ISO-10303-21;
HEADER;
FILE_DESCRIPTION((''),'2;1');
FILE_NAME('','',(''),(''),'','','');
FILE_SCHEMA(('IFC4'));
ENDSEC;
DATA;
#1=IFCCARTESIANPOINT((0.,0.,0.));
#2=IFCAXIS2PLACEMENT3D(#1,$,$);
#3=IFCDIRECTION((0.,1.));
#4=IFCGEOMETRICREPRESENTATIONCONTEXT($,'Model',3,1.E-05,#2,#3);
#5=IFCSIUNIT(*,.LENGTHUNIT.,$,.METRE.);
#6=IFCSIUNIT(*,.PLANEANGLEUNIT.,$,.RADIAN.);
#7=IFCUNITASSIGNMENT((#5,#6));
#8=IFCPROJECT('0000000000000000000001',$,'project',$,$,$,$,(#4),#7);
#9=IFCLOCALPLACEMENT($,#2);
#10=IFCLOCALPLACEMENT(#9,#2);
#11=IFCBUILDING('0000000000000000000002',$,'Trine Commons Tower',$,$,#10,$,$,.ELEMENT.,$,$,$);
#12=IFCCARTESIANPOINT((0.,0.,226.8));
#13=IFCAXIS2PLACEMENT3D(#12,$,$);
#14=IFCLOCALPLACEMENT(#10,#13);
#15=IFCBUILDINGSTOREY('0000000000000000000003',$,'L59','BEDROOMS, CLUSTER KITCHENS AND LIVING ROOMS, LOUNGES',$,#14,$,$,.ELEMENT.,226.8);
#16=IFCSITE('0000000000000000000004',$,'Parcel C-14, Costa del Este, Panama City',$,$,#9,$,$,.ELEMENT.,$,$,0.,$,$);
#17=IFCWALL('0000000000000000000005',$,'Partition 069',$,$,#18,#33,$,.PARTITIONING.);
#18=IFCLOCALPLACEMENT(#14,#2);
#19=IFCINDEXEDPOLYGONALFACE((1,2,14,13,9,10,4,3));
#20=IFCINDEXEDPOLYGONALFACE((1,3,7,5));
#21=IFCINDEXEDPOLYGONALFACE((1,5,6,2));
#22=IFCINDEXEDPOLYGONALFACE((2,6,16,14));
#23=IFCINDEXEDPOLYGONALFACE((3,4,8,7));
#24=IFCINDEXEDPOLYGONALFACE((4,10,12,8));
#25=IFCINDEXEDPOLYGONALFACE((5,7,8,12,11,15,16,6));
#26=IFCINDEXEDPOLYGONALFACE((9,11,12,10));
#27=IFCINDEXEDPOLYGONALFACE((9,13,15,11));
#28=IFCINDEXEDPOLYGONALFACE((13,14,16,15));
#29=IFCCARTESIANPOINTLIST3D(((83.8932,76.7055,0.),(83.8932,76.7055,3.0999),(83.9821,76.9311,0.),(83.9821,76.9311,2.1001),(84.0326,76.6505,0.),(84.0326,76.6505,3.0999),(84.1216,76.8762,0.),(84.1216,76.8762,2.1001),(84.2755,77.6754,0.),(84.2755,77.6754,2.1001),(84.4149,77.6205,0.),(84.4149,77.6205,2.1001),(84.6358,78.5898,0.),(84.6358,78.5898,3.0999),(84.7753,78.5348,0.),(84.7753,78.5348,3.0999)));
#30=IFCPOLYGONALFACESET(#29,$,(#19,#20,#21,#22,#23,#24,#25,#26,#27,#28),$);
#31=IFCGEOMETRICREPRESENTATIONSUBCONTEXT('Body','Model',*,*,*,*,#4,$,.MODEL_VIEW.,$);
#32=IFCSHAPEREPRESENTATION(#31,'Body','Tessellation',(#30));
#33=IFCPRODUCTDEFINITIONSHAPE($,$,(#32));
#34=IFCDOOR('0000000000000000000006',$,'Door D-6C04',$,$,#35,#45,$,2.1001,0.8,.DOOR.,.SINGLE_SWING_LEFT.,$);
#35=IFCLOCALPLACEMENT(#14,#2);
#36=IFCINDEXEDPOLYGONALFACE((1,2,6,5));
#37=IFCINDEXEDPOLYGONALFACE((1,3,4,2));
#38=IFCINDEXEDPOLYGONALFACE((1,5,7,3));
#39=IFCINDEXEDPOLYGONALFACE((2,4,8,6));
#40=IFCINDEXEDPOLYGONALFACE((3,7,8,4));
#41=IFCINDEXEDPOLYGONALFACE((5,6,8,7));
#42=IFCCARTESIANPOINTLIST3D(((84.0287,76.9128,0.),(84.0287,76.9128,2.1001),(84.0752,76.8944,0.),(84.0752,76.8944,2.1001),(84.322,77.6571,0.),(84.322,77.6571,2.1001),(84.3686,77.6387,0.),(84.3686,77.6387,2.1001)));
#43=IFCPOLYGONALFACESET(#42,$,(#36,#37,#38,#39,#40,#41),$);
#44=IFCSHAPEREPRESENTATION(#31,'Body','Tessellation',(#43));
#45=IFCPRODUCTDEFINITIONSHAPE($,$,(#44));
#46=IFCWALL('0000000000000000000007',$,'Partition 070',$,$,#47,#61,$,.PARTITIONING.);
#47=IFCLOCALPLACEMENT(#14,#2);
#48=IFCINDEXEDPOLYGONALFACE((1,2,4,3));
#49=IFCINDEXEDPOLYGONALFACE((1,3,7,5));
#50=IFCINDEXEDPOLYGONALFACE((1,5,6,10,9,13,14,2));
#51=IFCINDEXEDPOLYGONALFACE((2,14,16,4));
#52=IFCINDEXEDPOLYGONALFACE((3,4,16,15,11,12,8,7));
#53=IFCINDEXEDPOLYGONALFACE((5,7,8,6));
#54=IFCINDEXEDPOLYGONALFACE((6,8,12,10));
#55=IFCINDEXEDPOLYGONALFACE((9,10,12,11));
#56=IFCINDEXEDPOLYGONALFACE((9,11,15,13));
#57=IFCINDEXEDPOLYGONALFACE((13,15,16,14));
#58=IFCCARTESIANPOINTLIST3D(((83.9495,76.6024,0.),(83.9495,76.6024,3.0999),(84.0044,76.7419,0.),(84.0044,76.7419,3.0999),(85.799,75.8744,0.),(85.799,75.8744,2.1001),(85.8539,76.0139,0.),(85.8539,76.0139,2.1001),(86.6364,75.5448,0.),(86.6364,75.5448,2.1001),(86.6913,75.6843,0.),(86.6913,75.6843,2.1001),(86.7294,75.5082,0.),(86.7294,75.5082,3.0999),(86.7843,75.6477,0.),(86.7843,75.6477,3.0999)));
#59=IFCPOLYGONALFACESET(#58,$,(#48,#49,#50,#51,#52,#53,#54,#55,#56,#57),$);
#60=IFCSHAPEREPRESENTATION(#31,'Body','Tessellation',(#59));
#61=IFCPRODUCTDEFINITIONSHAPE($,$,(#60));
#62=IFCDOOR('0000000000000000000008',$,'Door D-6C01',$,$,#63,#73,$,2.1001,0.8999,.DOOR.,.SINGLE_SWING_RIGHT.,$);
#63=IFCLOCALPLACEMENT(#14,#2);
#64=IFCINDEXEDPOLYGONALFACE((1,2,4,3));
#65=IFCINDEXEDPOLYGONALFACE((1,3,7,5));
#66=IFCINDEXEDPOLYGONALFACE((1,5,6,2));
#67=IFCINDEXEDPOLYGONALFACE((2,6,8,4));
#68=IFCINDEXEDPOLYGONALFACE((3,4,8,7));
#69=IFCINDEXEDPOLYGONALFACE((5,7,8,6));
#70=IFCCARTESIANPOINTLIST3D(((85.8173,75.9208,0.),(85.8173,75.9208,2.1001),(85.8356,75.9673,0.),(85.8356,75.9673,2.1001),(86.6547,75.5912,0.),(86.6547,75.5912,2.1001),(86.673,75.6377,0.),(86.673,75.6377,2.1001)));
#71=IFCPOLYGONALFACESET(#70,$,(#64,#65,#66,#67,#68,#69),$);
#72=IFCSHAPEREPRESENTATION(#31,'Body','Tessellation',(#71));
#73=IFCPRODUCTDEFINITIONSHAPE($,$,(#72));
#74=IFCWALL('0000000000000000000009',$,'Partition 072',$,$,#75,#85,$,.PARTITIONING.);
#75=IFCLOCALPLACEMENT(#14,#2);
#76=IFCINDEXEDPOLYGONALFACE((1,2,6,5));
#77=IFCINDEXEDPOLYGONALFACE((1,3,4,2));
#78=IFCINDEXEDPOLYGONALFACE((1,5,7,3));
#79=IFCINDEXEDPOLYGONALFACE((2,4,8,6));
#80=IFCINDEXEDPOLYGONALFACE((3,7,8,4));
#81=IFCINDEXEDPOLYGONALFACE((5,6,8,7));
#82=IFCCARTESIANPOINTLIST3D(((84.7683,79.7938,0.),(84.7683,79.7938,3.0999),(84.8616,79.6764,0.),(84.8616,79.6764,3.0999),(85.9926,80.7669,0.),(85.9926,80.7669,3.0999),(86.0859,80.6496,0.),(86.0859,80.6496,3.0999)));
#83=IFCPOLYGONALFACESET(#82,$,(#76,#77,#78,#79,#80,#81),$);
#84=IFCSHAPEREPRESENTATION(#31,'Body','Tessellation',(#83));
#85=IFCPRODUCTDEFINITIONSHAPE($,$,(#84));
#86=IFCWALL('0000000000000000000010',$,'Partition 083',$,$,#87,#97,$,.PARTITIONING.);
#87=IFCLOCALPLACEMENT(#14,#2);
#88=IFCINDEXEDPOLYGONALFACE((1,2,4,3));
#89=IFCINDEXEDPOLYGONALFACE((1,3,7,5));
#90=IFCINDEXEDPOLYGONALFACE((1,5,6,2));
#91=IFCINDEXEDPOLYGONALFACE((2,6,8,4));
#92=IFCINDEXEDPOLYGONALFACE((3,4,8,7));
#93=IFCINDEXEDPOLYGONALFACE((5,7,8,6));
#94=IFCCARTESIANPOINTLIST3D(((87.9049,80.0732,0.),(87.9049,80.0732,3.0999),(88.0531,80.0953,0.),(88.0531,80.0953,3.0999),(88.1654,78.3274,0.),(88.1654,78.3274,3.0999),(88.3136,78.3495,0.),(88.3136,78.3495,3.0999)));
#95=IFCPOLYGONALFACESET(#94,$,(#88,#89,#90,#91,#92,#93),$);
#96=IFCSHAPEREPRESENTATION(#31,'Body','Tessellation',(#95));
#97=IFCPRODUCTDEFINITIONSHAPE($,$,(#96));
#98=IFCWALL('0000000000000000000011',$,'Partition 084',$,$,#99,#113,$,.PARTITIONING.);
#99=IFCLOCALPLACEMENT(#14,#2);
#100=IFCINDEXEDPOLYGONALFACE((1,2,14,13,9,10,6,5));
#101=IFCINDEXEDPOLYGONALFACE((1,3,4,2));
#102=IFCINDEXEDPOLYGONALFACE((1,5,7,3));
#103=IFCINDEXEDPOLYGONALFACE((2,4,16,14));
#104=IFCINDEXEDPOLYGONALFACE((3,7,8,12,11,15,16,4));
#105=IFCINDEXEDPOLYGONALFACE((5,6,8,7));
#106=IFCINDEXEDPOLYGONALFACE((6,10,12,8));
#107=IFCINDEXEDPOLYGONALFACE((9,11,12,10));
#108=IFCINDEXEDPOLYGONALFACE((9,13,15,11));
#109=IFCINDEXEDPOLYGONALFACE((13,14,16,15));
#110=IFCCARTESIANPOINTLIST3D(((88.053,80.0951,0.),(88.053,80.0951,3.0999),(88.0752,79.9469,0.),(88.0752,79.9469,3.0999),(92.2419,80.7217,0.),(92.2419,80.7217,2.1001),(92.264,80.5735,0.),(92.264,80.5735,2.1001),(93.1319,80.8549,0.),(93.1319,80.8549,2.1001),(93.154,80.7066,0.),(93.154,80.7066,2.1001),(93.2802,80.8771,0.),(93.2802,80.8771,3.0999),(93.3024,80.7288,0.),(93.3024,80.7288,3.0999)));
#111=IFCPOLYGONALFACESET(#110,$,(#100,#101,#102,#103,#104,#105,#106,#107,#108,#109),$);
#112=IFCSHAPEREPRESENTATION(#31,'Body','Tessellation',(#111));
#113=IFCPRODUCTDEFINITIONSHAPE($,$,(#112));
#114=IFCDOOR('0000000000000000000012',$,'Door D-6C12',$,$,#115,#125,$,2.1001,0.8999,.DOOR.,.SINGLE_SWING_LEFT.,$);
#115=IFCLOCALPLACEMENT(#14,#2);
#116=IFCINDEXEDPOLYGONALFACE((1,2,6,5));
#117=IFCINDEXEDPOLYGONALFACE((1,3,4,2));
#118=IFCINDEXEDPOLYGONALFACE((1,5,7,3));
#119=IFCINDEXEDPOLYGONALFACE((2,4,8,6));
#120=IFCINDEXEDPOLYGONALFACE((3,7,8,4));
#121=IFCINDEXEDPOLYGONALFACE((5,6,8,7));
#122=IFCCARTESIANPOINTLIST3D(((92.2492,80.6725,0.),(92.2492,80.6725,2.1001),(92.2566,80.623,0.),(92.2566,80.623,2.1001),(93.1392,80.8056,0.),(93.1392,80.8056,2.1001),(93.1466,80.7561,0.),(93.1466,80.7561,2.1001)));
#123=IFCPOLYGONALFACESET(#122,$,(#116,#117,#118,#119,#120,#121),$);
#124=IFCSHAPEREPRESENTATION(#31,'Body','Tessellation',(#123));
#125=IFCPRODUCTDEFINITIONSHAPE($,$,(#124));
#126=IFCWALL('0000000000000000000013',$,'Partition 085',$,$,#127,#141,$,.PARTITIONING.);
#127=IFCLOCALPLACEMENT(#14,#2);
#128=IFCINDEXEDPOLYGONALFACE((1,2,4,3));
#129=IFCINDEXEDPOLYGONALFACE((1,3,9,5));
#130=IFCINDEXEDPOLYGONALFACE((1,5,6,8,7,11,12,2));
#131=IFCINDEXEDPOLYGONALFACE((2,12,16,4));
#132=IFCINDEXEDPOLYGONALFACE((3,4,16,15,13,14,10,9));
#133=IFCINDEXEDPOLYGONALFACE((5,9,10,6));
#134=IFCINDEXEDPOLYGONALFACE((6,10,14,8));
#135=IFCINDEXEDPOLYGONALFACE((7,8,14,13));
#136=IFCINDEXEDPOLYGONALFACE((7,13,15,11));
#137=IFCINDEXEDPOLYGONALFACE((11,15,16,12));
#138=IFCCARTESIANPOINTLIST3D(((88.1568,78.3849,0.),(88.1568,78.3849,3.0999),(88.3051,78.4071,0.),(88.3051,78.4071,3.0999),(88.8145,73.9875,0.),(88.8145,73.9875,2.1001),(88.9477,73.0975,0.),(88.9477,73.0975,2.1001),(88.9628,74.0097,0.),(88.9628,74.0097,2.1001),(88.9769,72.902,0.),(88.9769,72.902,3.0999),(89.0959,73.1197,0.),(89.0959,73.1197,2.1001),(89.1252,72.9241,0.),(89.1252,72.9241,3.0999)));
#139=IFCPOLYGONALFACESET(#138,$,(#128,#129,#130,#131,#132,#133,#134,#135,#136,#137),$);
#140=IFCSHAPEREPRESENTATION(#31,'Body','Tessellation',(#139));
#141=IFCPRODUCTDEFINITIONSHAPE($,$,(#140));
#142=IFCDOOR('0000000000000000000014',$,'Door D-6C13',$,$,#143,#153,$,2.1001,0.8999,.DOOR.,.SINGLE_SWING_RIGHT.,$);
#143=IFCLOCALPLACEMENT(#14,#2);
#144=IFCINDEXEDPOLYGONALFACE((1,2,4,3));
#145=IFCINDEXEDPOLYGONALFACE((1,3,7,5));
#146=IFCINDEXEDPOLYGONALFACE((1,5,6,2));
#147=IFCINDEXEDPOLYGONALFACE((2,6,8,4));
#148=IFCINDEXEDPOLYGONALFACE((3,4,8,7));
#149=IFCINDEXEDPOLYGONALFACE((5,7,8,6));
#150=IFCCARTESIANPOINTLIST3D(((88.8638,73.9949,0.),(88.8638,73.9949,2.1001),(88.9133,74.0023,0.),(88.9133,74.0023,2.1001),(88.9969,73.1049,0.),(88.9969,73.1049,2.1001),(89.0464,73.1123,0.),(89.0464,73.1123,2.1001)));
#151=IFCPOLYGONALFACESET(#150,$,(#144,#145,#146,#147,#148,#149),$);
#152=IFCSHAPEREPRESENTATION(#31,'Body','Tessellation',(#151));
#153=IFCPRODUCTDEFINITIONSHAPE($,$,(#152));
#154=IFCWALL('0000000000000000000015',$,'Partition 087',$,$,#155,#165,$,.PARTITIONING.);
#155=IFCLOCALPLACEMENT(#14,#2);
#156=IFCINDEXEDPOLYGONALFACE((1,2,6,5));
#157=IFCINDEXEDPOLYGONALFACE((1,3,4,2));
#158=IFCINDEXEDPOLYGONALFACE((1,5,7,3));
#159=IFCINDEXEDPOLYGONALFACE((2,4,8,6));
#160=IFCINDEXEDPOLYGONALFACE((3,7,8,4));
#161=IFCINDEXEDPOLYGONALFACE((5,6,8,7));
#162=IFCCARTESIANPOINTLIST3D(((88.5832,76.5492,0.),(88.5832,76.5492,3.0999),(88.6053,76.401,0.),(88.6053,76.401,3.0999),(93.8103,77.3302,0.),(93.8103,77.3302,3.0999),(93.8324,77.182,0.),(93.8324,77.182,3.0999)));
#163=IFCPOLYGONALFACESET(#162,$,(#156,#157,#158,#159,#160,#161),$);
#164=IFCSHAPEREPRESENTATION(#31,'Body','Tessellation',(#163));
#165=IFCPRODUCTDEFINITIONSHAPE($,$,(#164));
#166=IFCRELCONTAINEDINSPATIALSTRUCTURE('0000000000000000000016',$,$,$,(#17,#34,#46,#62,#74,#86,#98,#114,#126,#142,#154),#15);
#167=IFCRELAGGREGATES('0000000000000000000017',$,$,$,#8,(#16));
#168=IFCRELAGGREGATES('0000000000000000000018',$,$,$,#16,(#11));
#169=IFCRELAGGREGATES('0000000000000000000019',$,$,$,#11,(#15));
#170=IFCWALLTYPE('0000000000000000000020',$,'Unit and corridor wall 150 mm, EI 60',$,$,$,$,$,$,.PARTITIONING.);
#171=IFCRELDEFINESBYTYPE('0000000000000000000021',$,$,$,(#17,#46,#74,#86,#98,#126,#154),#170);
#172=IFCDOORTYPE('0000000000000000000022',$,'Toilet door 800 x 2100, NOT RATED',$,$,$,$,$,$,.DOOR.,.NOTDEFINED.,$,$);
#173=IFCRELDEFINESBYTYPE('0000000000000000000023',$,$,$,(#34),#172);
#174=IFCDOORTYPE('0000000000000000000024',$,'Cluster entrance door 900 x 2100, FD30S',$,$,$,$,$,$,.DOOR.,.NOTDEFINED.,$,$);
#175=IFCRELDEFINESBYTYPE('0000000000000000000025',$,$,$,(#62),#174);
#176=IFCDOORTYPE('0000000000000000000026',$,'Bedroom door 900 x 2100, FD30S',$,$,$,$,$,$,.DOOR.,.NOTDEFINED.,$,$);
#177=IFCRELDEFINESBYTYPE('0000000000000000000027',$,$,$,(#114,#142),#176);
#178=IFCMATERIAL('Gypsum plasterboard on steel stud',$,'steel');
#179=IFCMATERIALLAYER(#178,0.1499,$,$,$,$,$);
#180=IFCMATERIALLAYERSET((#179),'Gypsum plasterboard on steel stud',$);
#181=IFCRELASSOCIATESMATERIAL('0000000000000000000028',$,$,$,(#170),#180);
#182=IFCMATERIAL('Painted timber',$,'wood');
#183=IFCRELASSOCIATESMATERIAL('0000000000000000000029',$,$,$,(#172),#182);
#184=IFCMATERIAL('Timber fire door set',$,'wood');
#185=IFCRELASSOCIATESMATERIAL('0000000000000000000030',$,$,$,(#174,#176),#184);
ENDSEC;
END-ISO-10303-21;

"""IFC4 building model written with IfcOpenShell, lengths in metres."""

from ifc_helpers import new_model, si_unit, direction, frame, frame_2d, origin, place, context, subcontext, project, spatial, rectangle, extrude, material, layer, layer_set, type_object, element, fill, save


model = new_model("IFC4")

# Units and contexts
model_context = context("Model", 3, precision=1e-05, world=origin(), true_north=direction((0.0, 1.0)))
body_context = subcontext(model_context, "Body", "Model", "MODEL_VIEW")
ifc_project = project(units=[si_unit("LENGTHUNIT", "METRE"), si_unit("PLANEANGLEUNIT", "RADIAN")], contexts=[model_context])

# Site, building, storey
site_placement = place(None, origin())
site = spatial("IfcSite", under=ifc_project, at=site_placement, Name="Parcel C-14, Costa del Este, Panama City", CompositionType="ELEMENT", RefElevation=0.0)
building_placement = place(site_placement, origin())
building = spatial("IfcBuilding", under=site, at=building_placement, Name="Trine Commons Tower", CompositionType="ELEMENT")
storey_placement = place(building_placement, frame((0.0, 0.0, 226.8)))
storey = spatial("IfcBuildingStorey", under=building, at=storey_placement, Name="L59", Description="BEDROOMS, CLUSTER KITCHENS AND LIVING ROOMS, LOUNGES", CompositionType="ELEMENT", Elevation=226.8)

# Shared definitions
ifc_material_1 = material(Name="Gypsum plasterboard on steel stud", Category="steel")
ifc_layer_1 = layer(ifc_material_1, 0.1499)
ifc_layer_set_1 = layer_set([ifc_layer_1], Name="Gypsum plasterboard on steel stud")
wall_type_1 = type_object("IfcWallType", Name="Unit and corridor wall 150 mm, EI 60", PredefinedType="PARTITIONING", material=ifc_layer_set_1)

# Walls, openings, doors
wall_1_placement = place(storey_placement, frame((83.9629, 76.678, 0.0), z_axis=(0.0, 0.0, 1.0), x_axis=(0.366689, 0.930344, 0.0)))
wall_1 = element("IfcWall", 1, at=wall_1_placement, inside=storey, type_object=wall_type_1, Name="Partition 069", PredefinedType="PARTITIONING", context=body_context, shape_type="SweptSolid", body=[
    extrude(rectangle(XDim=2.0254, YDim=0.1499, at=frame_2d((1.0127, 0.0))), origin(), (0.0, 0.0, 1.0), 3.0999),
])
opening_1_placement = place(wall_1_placement, frame((0.2427, 0.0, 0.0)))
opening_1 = element("IfcOpeningElement", 2, at=opening_1_placement, cuts=wall_1, PredefinedType="OPENING", context=body_context, shape_type="SweptSolid", body=[
    extrude(rectangle(XDim=0.8, YDim=2.1001, at=frame_2d((0.3999, 1.05))), frame((0.0, 0.085, 0.0), z_axis=(0.0, -1.0, 0.0), x_axis=(1.0, 0.0, 0.0)), (0.0, 0.0, 1.0), 0.1699),
])
ifc_material_2 = material(Name="Painted timber", Category="wood")
door_type_1 = type_object("IfcDoorType", Name="Toilet door 800 x 2100, NOT RATED", OperationType="NOTDEFINED", PredefinedType="DOOR", material=ifc_material_2)
door_1_placement = place(opening_1_placement, origin())
door_1 = element("IfcDoor", 3, at=door_1_placement, inside=storey, type_object=door_type_1, Name="Door D-6C04", OperationType="SINGLE_SWING_LEFT", OverallHeight=2.1001, OverallWidth=0.8, PredefinedType="DOOR", context=body_context, shape_type="SweptSolid", body=[
    extrude(rectangle(XDim=0.8, YDim=2.1001, at=frame_2d((0.3999, 1.05))), frame((0.0, 0.0249, 0.0), z_axis=(0.0, -1.0, 0.0), x_axis=(1.0, 0.0, 0.0)), (0.0, 0.0, 1.0), 0.05),
])
fill(opening_1, door_1)
wall_2_placement = place(storey_placement, frame((83.9771, 76.6721, 0.0), z_axis=(0.0, 0.0, 1.0), x_axis=(0.930514, -0.366257, 0.0)))
wall_2 = element("IfcWall", 4, at=wall_2_placement, inside=storey, type_object=wall_type_1, Name="Partition 070", PredefinedType="PARTITIONING", context=body_context, shape_type="SweptSolid", body=[
    extrude(rectangle(XDim=2.9875, YDim=0.1499, at=frame_2d((1.4937, 0.0))), origin(), (0.0, 0.0, 1.0), 3.0999),
])
opening_2_placement = place(wall_2_placement, frame((1.9875, 0.0, 0.0)))
opening_2 = element("IfcOpeningElement", 5, at=opening_2_placement, cuts=wall_2, PredefinedType="OPENING", context=body_context, shape_type="SweptSolid", body=[
    extrude(rectangle(XDim=0.8999, YDim=2.1001, at=frame_2d((0.45, 1.05))), frame((0.0, 0.085, 0.0), z_axis=(0.0, -1.0, 0.0), x_axis=(1.0, 0.0, 0.0)), (0.0, 0.0, 1.0), 0.1699),
])
ifc_material_3 = material(Name="Timber fire door set", Category="wood")
door_type_2 = type_object("IfcDoorType", Name="Cluster entrance door 900 x 2100, FD30S", OperationType="NOTDEFINED", PredefinedType="DOOR", material=ifc_material_3)
door_2_placement = place(opening_2_placement, origin())
door_2 = element("IfcDoor", 6, at=door_2_placement, inside=storey, type_object=door_type_2, Name="Door D-6C01", OperationType="SINGLE_SWING_RIGHT", OverallHeight=2.1001, OverallWidth=0.8999, PredefinedType="DOOR", context=body_context, shape_type="SweptSolid", body=[
    extrude(rectangle(XDim=0.8999, YDim=2.1001, at=frame_2d((0.45, 1.05))), frame((0.0, 0.0249, 0.0), z_axis=(0.0, -1.0, 0.0), x_axis=(1.0, 0.0, 0.0)), (0.0, 0.0, 1.0), 0.05),
])
fill(opening_2, door_2)

# Walls
wall_3_placement = place(storey_placement, frame((84.8149, 79.7351, 0.0), z_axis=(0.0, 0.0, 1.0), x_axis=(0.782845, 0.622217, 0.0)))
element("IfcWall", 7, at=wall_3_placement, inside=storey, type_object=wall_type_1, Name="Partition 072", PredefinedType="PARTITIONING", context=body_context, shape_type="SweptSolid", body=[
    extrude(rectangle(XDim=1.564, YDim=0.1499, at=frame_2d((0.782, 0.0))), origin(), (0.0, 0.0, 1.0), 3.0999),
])
wall_4_placement = place(storey_placement, frame((87.979, 80.0842, 0.0), z_axis=(0.0, 0.0, 1.0), x_axis=(0.147576, -0.989051, 0.0)))
element("IfcWall", 8, at=wall_4_placement, inside=storey, type_object=wall_type_1, Name="Partition 083", PredefinedType="PARTITIONING", context=body_context, shape_type="SweptSolid", body=[
    extrude(rectangle(XDim=1.7651, YDim=0.1499, at=frame_2d((0.8826, 0.0))), origin(), (0.0, 0.0, 1.0), 3.0999),
])

# Walls, openings, doors
wall_5_placement = place(storey_placement, frame((88.0642, 80.021, 0.0), z_axis=(0.0, 0.0, 1.0), x_axis=(0.988995, 0.14795, 0.0)))
wall_5 = element("IfcWall", 9, at=wall_5_placement, inside=storey, type_object=wall_type_1, Name="Partition 084", PredefinedType="PARTITIONING", context=body_context, shape_type="SweptSolid", body=[
    extrude(rectangle(XDim=5.2854, YDim=0.1499, at=frame_2d((2.6426, 0.0))), origin(), (0.0, 0.0, 1.0), 3.0999),
])
opening_3_placement = place(wall_5_placement, frame((4.2354, 0.0, 0.0)))
opening_3 = element("IfcOpeningElement", 10, at=opening_3_placement, cuts=wall_5, PredefinedType="OPENING", context=body_context, shape_type="SweptSolid", body=[
    extrude(rectangle(XDim=0.8999, YDim=2.1001, at=frame_2d((0.45, 1.05))), frame((0.0, 0.085, 0.0), z_axis=(0.0, -1.0, 0.0), x_axis=(1.0, 0.0, 0.0)), (0.0, 0.0, 1.0), 0.1699),
])
door_type_3 = type_object("IfcDoorType", Name="Bedroom door 900 x 2100, FD30S", OperationType="NOTDEFINED", PredefinedType="DOOR", material=ifc_material_3)
door_3_placement = place(opening_3_placement, frame((0.8999, 0.0, 0.0), z_axis=(0.0, 0.0, 1.0), x_axis=(-1.0, 0.0, 0.0)))
door_3 = element("IfcDoor", 11, at=door_3_placement, inside=storey, type_object=door_type_3, Name="Door D-6C12", OperationType="SINGLE_SWING_LEFT", OverallHeight=2.1001, OverallWidth=0.8999, PredefinedType="DOOR", context=body_context, shape_type="SweptSolid", body=[
    extrude(rectangle(XDim=0.8999, YDim=2.1001, at=frame_2d((0.45, 1.05))), frame((0.0, 0.0249, 0.0), z_axis=(0.0, -1.0, 0.0), x_axis=(1.0, 0.0, 0.0)), (0.0, 0.0, 1.0), 0.05),
])
fill(opening_3, door_3)
wall_6_placement = place(storey_placement, frame((88.231, 78.396, 0.0), z_axis=(0.0, 0.0, 1.0), x_axis=(0.147923, -0.988999, 0.0)))
wall_6 = element("IfcWall", 12, at=wall_6_placement, inside=storey, type_object=wall_type_1, Name="Partition 085", PredefinedType="PARTITIONING", context=body_context, shape_type="SweptSolid", body=[
    extrude(rectangle(XDim=5.5439, YDim=0.1499, at=frame_2d((2.772, 0.0))), origin(), (0.0, 0.0, 1.0), 3.0999),
])
opening_4_placement = place(wall_6_placement, frame((4.4463, 0.0, 0.0)))
opening_4 = element("IfcOpeningElement", 13, at=opening_4_placement, cuts=wall_6, PredefinedType="OPENING", context=body_context, shape_type="SweptSolid", body=[
    extrude(rectangle(XDim=0.8999, YDim=2.1001, at=frame_2d((0.45, 1.05))), frame((0.0, 0.085, 0.0), z_axis=(0.0, -1.0, 0.0), x_axis=(1.0, 0.0, 0.0)), (0.0, 0.0, 1.0), 0.1699),
])
door_4_placement = place(opening_4_placement, origin())
door_4 = element("IfcDoor", 14, at=door_4_placement, inside=storey, type_object=door_type_3, Name="Door D-6C13", OperationType="SINGLE_SWING_RIGHT", OverallHeight=2.1001, OverallWidth=0.8999, PredefinedType="DOOR", context=body_context, shape_type="SweptSolid", body=[
    extrude(rectangle(XDim=0.8999, YDim=2.1001, at=frame_2d((0.45, 1.05))), frame((0.0, 0.0249, 0.0), z_axis=(0.0, -1.0, 0.0), x_axis=(1.0, 0.0, 0.0)), (0.0, 0.0, 1.0), 0.05),
])
fill(opening_4, door_4)

# Wall
wall_7_placement = place(storey_placement, frame((88.5942, 76.4751, 0.0), z_axis=(0.0, 0.0, 1.0), x_axis=(0.989021, 0.147776, 0.0)))
element("IfcWall", 15, at=wall_7_placement, inside=storey, type_object=wall_type_1, Name="Partition 087", PredefinedType="PARTITIONING", context=body_context, shape_type="SweptSolid", body=[
    extrude(rectangle(XDim=5.2852, YDim=0.1499, at=frame_2d((2.6426, 0.0))), origin(), (0.0, 0.0, 1.0), 3.0999),
])

save(model, "model.ifc")
